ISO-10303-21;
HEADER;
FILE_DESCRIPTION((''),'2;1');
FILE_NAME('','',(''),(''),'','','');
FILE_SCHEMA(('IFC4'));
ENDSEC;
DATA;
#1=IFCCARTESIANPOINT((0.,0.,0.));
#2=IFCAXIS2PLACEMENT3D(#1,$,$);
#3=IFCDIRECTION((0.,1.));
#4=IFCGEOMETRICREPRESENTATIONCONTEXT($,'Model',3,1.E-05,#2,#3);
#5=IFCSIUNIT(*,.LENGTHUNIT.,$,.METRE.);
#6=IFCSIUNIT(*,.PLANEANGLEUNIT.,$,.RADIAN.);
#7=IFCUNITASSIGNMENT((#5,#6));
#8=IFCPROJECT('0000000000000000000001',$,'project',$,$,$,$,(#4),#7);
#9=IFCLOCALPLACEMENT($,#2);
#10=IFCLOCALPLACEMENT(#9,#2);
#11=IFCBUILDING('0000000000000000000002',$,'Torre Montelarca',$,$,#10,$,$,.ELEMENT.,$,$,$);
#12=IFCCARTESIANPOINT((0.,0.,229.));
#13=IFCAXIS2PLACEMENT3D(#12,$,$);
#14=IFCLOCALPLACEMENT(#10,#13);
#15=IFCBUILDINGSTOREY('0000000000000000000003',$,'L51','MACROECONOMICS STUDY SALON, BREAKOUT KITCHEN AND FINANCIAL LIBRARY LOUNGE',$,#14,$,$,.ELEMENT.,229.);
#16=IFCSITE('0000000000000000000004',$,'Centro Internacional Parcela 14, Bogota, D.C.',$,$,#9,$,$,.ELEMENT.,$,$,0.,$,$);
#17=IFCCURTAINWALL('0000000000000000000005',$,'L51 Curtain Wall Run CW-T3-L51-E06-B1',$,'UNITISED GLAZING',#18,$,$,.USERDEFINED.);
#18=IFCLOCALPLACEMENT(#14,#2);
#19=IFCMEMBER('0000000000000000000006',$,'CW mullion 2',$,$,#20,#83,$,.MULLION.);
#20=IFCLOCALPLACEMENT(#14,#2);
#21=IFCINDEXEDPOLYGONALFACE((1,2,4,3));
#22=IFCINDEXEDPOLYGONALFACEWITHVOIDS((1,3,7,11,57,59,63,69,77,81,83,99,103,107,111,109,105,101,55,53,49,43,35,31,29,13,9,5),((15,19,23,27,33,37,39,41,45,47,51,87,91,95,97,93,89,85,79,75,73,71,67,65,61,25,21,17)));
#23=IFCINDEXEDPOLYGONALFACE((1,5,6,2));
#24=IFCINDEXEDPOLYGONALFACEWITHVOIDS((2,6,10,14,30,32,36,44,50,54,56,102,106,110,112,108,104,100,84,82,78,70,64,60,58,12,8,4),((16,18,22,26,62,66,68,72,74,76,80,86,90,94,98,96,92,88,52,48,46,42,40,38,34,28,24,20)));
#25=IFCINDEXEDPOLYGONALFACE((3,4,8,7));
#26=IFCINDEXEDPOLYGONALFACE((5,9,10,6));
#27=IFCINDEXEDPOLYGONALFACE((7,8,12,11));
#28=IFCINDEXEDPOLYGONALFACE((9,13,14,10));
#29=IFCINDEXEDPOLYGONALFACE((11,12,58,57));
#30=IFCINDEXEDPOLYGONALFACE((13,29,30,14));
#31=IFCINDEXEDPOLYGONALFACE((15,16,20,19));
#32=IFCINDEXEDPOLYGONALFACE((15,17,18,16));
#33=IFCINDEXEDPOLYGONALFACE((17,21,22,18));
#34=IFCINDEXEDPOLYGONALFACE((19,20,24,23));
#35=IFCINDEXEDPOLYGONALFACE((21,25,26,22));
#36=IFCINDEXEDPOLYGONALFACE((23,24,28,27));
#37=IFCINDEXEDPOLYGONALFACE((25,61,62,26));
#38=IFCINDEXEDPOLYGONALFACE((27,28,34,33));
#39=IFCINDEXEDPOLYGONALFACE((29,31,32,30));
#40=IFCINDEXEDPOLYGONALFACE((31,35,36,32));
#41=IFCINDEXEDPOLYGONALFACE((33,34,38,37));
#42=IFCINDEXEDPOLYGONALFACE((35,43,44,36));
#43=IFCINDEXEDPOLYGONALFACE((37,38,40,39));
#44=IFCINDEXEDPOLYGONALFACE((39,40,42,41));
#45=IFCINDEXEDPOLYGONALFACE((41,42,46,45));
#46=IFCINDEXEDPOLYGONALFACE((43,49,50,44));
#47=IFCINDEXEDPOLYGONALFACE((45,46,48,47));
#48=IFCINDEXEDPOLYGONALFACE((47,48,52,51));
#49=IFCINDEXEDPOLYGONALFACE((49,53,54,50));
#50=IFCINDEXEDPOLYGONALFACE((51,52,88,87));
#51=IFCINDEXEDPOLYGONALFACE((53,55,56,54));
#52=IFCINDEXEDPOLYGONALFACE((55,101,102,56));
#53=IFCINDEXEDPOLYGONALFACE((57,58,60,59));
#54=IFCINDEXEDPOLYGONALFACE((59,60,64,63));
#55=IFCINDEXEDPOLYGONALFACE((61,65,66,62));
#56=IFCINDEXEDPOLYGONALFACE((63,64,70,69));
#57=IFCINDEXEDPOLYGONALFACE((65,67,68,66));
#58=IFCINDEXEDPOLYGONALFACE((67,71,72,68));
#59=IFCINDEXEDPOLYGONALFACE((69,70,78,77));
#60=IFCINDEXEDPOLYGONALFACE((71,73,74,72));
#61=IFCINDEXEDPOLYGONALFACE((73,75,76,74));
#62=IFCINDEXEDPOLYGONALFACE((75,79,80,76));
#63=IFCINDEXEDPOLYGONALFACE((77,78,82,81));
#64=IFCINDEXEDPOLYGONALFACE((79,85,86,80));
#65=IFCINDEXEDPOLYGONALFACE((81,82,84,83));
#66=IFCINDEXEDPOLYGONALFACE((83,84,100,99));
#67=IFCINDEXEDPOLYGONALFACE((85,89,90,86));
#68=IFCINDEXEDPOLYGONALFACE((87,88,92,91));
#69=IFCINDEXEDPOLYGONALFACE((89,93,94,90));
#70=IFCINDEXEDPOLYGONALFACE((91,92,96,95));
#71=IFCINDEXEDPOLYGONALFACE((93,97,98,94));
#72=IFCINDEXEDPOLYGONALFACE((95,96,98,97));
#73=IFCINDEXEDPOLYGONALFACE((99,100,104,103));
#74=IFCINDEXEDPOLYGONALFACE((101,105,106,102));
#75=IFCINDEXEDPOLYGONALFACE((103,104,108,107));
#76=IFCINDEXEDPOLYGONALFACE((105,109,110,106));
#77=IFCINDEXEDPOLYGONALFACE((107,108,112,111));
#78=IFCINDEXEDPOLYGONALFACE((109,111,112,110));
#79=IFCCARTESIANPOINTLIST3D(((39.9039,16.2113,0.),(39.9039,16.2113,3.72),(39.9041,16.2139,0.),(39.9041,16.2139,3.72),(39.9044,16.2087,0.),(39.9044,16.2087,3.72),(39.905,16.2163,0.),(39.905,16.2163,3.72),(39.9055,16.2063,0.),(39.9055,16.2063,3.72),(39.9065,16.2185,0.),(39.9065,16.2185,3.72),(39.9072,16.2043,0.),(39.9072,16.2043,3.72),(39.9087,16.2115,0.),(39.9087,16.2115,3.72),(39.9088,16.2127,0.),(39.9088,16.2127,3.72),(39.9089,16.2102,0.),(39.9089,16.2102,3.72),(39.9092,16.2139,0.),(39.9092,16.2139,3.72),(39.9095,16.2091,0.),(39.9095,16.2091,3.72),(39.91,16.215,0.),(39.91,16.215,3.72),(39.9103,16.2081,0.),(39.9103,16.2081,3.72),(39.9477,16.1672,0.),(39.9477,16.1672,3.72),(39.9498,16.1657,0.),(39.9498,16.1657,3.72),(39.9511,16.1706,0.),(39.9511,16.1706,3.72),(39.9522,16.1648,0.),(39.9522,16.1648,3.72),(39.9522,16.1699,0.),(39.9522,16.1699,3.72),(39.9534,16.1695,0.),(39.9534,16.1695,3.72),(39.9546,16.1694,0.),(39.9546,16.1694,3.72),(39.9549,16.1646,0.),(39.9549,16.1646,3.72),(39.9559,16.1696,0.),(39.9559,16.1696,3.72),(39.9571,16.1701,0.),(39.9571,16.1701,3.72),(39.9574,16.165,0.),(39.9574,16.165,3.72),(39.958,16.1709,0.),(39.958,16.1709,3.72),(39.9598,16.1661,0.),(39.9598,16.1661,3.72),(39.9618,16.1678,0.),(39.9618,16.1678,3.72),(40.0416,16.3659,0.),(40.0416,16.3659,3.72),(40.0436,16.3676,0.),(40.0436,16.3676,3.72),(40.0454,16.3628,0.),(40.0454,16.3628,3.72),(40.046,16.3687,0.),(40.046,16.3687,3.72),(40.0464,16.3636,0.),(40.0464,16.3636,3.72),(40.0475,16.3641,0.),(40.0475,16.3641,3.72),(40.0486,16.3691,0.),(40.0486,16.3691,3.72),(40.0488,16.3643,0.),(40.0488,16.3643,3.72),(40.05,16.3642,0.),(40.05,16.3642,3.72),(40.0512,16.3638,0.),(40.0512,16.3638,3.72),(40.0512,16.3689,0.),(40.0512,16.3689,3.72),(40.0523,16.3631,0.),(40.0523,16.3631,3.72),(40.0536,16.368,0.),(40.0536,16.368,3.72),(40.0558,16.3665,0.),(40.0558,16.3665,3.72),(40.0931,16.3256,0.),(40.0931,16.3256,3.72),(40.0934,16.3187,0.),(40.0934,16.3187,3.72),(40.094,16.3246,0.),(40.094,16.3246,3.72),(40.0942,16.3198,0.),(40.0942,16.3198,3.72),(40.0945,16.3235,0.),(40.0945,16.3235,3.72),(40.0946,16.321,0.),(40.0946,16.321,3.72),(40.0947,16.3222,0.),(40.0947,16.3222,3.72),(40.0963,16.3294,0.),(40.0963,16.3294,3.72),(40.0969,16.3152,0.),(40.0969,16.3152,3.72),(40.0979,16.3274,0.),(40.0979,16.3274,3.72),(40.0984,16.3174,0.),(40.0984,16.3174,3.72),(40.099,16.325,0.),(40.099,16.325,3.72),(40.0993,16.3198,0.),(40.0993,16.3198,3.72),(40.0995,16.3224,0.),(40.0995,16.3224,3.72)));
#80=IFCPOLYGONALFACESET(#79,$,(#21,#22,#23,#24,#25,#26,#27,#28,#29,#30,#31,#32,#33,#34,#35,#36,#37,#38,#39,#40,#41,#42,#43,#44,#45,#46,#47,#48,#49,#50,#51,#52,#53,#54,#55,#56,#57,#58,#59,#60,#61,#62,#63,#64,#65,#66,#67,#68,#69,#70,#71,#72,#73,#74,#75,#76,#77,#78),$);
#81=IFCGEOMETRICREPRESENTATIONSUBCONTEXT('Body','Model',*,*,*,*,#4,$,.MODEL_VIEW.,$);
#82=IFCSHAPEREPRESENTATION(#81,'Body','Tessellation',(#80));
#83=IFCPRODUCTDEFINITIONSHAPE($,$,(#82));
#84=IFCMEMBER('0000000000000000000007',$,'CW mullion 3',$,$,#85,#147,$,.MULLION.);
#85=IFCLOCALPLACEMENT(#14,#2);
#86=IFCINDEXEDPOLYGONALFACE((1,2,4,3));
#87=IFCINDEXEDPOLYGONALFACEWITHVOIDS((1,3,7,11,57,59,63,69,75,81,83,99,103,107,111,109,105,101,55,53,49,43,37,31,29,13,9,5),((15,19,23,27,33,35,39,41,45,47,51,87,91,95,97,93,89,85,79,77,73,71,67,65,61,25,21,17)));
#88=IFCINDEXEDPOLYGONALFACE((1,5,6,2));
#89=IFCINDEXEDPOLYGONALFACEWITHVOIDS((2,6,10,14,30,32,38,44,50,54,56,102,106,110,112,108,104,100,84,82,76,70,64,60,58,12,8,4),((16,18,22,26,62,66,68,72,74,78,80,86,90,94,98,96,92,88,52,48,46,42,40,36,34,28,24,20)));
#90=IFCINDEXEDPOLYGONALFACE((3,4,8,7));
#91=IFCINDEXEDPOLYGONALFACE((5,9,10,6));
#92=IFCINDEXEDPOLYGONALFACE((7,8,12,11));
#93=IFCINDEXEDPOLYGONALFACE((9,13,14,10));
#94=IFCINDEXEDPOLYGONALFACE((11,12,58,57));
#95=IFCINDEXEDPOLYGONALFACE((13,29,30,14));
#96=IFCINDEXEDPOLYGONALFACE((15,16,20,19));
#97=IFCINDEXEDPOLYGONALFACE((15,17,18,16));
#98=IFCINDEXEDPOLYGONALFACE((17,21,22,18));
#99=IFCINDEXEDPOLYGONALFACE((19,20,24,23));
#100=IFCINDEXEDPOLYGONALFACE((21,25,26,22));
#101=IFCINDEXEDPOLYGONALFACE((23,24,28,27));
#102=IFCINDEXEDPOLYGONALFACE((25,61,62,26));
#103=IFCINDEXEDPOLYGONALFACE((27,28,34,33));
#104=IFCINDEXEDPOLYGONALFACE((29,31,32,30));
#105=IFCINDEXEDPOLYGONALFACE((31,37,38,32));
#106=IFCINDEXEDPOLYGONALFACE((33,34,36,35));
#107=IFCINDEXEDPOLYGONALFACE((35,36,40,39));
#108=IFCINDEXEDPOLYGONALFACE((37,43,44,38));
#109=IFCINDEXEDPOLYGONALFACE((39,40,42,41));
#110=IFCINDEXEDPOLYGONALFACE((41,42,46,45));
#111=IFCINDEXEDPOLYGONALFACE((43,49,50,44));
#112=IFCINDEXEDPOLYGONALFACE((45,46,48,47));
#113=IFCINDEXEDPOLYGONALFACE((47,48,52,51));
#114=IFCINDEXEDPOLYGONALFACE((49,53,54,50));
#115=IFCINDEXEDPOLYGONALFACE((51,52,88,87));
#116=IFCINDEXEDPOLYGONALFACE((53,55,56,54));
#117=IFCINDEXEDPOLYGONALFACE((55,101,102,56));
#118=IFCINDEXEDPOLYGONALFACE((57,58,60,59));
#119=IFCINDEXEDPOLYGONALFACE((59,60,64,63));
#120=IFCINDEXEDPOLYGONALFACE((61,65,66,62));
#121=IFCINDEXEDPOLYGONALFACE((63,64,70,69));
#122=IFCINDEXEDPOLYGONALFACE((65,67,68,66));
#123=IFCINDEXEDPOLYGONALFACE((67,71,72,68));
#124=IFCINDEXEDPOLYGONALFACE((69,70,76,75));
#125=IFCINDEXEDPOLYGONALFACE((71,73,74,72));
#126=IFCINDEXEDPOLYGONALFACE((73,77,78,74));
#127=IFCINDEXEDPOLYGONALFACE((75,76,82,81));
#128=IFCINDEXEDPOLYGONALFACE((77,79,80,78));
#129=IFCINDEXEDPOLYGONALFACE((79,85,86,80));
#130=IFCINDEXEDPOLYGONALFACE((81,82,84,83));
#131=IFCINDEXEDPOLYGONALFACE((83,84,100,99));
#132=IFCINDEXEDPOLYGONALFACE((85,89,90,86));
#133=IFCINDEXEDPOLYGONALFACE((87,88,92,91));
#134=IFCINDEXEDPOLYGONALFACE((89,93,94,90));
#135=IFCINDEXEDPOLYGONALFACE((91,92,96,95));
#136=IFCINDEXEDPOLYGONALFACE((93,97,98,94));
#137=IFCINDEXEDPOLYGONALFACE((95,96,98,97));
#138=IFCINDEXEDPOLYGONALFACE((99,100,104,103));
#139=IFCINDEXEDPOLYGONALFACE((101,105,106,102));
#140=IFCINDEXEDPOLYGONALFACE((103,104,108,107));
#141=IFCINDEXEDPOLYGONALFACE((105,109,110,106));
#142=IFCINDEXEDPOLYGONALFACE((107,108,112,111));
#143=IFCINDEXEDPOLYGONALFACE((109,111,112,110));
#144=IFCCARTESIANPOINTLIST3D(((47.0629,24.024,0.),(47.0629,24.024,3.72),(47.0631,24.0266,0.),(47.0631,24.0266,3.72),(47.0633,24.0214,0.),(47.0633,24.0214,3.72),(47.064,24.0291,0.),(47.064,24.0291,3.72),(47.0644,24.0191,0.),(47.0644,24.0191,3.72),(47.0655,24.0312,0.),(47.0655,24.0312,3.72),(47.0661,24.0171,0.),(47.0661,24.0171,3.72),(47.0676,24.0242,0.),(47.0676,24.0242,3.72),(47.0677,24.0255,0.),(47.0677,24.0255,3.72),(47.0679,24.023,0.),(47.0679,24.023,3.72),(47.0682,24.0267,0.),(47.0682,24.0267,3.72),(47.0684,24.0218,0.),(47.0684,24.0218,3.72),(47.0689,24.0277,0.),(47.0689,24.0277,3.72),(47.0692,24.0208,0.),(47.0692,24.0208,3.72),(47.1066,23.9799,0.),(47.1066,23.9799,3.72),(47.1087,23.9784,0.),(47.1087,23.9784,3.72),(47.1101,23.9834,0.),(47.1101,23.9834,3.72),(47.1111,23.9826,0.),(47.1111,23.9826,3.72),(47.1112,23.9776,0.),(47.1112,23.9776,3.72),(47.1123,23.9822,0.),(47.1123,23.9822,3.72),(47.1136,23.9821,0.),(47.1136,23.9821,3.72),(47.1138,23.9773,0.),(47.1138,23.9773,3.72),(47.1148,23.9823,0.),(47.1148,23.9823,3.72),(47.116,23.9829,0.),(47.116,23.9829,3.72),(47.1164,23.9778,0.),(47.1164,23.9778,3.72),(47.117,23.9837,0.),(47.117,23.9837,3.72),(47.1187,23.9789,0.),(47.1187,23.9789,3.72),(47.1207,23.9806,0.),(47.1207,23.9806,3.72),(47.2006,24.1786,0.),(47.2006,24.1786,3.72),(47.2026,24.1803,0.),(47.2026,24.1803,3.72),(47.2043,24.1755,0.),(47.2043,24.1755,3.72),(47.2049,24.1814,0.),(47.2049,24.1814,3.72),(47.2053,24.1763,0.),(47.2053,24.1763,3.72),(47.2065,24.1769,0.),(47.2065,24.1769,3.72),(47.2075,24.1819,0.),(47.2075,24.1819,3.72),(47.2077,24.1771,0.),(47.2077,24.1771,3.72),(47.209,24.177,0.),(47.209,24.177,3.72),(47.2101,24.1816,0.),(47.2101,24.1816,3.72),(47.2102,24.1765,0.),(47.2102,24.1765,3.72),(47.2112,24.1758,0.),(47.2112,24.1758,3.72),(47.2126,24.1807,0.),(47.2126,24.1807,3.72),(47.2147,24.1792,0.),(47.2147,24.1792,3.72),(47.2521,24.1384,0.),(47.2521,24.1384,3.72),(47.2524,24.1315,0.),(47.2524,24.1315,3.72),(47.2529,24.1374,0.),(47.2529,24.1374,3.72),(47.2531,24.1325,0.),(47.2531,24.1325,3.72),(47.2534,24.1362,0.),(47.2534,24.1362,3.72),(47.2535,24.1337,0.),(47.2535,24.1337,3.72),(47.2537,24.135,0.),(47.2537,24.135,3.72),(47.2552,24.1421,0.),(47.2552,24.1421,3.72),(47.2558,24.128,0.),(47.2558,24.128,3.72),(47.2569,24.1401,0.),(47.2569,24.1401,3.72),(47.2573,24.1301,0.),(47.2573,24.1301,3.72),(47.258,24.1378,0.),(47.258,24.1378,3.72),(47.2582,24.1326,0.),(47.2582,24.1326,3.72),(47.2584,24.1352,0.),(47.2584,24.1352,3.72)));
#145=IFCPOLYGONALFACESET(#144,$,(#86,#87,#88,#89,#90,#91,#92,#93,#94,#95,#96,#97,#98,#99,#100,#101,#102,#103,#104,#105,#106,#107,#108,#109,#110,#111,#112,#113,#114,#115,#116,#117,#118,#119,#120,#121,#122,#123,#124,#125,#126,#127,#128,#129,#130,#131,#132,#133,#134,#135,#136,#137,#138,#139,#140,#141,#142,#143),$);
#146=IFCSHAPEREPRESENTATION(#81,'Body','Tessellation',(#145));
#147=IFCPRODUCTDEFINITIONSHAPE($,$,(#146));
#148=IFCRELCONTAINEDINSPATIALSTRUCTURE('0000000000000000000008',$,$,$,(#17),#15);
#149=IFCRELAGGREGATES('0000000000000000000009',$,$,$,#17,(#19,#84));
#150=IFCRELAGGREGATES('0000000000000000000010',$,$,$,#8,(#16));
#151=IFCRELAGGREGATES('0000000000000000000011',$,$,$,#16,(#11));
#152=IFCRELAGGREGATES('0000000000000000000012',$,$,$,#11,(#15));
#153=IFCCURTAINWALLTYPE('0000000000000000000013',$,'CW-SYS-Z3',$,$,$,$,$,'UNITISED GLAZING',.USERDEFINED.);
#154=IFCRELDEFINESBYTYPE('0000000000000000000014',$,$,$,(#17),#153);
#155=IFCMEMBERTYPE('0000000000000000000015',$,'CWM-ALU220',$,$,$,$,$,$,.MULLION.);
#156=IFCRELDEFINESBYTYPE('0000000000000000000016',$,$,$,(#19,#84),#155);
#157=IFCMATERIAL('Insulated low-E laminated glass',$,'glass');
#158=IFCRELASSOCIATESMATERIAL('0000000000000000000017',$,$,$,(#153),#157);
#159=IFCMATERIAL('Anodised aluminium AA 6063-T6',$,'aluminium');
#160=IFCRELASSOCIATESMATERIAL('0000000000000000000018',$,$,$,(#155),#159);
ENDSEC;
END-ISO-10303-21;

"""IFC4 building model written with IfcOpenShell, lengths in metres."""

from ifc_helpers import new_model, si_unit, direction, frame, origin, origin_2d, place, context, subcontext, project, spatial, hollow_rectangle, extrude, source, transform, mapped, material, material_profile, profile_set, type_object, element, aggregate, save


model = new_model("IFC4")

# Units and contexts
model_context = context("Model", 3, precision=1e-05, world=origin(), true_north=direction((0.0, 1.0)))
body_context = subcontext(model_context, "Body", "Model", "MODEL_VIEW")
ifc_project = project(units=[si_unit("LENGTHUNIT", "METRE"), si_unit("PLANEANGLEUNIT", "RADIAN")], contexts=[model_context])

# Site, building, storey
site_placement = place(None, origin())
site = spatial("IfcSite", under=ifc_project, at=site_placement, Name="Centro Internacional Parcela 14, Bogota, D.C.", CompositionType="ELEMENT", RefElevation=0.0)
building_placement = place(site_placement, origin())
building = spatial("IfcBuilding", under=site, at=building_placement, Name="Torre Montelarca", CompositionType="ELEMENT")
storey_placement = place(building_placement, frame((0.0, 0.0, 229.0)))
storey = spatial("IfcBuildingStorey", under=building, at=storey_placement, Name="L51", Description="MACROECONOMICS STUDY SALON, BREAKOUT KITCHEN AND FINANCIAL LIBRARY LOUNGE", CompositionType="ELEMENT", Elevation=229.0)

# Shared definitions
ifc_material_1 = material(Name="Insulated low-E laminated glass", Category="glass")
curtain_wall_type = type_object("IfcCurtainWallType", Name="CW-SYS-Z3", ElementType="UNITISED GLAZING", PredefinedType="USERDEFINED", material=ifc_material_1)
ifc_material_2 = material(Name="Anodised aluminium AA 6063-T6", Category="aluminium")

# Shared definitions
ifc_material_profile_1 = material_profile(ifc_material_2, hollow_rectangle(XDim=0.075, YDim=0.22, WallThickness=0.0049, InnerFilletRadius=0.0049, OuterFilletRadius=0.01, at=origin_2d()), Name="ALU75X220X5", Category="aluminium")
ifc_profile_set_1 = profile_set([ifc_material_profile_1], Name="Anodised aluminium AA 6063-T6")
member_type_1 = type_object("IfcMemberType", Name="CWM-ALU220", PredefinedType="MULLION", material=ifc_profile_set_1)
shared_shape_1 = source(origin(), body_context, "Body", "SweptSolid", [
    extrude(hollow_rectangle(XDim=0.075, YDim=0.22, WallThickness=0.0049, InnerFilletRadius=0.0049, OuterFilletRadius=0.01, at=origin_2d()), origin(), (0.0, 0.0, 1.0), 3.72),
])

# Curtain wall, members
curtain_wall_1_placement = place(storey_placement, origin())
curtain_wall_1 = element("IfcCurtainWall", 1, at=curtain_wall_1_placement, inside=storey, type_object=curtain_wall_type, Name="L51 Curtain Wall Run CW-T3-L51-E06-B1", ObjectType="UNITISED GLAZING", PredefinedType="USERDEFINED")
member_1_placement = place(storey_placement, frame((40.0017, 16.2668, 0.0), z_axis=(0.0, 0.0, 1.0), x_axis=(-0.737278, 0.67559, 0.0)))
member_1 = element("IfcMember", 2, at=member_1_placement, type_object=member_type_1, Name="CW mullion 2", PredefinedType="MULLION", context=body_context, shape_type="MappedRepresentation", body=[
    mapped(shared_shape_1, transform((0.0, 0.0, 0.0), scale=1.0)),
])
member_2_placement = place(storey_placement, frame((47.1606, 24.0796, 0.0), z_axis=(0.0, 0.0, 1.0), x_axis=(-0.737278, 0.67559, 0.0)))
member_2 = element("IfcMember", 3, at=member_2_placement, type_object=member_type_1, Name="CW mullion 3", PredefinedType="MULLION", context=body_context, shape_type="MappedRepresentation", body=[
    mapped(shared_shape_1, transform((0.0, 0.0, 0.0), scale=1.0)),
])

aggregate(curtain_wall_1, [member_1, member_2])

save(model, "model.ifc")
